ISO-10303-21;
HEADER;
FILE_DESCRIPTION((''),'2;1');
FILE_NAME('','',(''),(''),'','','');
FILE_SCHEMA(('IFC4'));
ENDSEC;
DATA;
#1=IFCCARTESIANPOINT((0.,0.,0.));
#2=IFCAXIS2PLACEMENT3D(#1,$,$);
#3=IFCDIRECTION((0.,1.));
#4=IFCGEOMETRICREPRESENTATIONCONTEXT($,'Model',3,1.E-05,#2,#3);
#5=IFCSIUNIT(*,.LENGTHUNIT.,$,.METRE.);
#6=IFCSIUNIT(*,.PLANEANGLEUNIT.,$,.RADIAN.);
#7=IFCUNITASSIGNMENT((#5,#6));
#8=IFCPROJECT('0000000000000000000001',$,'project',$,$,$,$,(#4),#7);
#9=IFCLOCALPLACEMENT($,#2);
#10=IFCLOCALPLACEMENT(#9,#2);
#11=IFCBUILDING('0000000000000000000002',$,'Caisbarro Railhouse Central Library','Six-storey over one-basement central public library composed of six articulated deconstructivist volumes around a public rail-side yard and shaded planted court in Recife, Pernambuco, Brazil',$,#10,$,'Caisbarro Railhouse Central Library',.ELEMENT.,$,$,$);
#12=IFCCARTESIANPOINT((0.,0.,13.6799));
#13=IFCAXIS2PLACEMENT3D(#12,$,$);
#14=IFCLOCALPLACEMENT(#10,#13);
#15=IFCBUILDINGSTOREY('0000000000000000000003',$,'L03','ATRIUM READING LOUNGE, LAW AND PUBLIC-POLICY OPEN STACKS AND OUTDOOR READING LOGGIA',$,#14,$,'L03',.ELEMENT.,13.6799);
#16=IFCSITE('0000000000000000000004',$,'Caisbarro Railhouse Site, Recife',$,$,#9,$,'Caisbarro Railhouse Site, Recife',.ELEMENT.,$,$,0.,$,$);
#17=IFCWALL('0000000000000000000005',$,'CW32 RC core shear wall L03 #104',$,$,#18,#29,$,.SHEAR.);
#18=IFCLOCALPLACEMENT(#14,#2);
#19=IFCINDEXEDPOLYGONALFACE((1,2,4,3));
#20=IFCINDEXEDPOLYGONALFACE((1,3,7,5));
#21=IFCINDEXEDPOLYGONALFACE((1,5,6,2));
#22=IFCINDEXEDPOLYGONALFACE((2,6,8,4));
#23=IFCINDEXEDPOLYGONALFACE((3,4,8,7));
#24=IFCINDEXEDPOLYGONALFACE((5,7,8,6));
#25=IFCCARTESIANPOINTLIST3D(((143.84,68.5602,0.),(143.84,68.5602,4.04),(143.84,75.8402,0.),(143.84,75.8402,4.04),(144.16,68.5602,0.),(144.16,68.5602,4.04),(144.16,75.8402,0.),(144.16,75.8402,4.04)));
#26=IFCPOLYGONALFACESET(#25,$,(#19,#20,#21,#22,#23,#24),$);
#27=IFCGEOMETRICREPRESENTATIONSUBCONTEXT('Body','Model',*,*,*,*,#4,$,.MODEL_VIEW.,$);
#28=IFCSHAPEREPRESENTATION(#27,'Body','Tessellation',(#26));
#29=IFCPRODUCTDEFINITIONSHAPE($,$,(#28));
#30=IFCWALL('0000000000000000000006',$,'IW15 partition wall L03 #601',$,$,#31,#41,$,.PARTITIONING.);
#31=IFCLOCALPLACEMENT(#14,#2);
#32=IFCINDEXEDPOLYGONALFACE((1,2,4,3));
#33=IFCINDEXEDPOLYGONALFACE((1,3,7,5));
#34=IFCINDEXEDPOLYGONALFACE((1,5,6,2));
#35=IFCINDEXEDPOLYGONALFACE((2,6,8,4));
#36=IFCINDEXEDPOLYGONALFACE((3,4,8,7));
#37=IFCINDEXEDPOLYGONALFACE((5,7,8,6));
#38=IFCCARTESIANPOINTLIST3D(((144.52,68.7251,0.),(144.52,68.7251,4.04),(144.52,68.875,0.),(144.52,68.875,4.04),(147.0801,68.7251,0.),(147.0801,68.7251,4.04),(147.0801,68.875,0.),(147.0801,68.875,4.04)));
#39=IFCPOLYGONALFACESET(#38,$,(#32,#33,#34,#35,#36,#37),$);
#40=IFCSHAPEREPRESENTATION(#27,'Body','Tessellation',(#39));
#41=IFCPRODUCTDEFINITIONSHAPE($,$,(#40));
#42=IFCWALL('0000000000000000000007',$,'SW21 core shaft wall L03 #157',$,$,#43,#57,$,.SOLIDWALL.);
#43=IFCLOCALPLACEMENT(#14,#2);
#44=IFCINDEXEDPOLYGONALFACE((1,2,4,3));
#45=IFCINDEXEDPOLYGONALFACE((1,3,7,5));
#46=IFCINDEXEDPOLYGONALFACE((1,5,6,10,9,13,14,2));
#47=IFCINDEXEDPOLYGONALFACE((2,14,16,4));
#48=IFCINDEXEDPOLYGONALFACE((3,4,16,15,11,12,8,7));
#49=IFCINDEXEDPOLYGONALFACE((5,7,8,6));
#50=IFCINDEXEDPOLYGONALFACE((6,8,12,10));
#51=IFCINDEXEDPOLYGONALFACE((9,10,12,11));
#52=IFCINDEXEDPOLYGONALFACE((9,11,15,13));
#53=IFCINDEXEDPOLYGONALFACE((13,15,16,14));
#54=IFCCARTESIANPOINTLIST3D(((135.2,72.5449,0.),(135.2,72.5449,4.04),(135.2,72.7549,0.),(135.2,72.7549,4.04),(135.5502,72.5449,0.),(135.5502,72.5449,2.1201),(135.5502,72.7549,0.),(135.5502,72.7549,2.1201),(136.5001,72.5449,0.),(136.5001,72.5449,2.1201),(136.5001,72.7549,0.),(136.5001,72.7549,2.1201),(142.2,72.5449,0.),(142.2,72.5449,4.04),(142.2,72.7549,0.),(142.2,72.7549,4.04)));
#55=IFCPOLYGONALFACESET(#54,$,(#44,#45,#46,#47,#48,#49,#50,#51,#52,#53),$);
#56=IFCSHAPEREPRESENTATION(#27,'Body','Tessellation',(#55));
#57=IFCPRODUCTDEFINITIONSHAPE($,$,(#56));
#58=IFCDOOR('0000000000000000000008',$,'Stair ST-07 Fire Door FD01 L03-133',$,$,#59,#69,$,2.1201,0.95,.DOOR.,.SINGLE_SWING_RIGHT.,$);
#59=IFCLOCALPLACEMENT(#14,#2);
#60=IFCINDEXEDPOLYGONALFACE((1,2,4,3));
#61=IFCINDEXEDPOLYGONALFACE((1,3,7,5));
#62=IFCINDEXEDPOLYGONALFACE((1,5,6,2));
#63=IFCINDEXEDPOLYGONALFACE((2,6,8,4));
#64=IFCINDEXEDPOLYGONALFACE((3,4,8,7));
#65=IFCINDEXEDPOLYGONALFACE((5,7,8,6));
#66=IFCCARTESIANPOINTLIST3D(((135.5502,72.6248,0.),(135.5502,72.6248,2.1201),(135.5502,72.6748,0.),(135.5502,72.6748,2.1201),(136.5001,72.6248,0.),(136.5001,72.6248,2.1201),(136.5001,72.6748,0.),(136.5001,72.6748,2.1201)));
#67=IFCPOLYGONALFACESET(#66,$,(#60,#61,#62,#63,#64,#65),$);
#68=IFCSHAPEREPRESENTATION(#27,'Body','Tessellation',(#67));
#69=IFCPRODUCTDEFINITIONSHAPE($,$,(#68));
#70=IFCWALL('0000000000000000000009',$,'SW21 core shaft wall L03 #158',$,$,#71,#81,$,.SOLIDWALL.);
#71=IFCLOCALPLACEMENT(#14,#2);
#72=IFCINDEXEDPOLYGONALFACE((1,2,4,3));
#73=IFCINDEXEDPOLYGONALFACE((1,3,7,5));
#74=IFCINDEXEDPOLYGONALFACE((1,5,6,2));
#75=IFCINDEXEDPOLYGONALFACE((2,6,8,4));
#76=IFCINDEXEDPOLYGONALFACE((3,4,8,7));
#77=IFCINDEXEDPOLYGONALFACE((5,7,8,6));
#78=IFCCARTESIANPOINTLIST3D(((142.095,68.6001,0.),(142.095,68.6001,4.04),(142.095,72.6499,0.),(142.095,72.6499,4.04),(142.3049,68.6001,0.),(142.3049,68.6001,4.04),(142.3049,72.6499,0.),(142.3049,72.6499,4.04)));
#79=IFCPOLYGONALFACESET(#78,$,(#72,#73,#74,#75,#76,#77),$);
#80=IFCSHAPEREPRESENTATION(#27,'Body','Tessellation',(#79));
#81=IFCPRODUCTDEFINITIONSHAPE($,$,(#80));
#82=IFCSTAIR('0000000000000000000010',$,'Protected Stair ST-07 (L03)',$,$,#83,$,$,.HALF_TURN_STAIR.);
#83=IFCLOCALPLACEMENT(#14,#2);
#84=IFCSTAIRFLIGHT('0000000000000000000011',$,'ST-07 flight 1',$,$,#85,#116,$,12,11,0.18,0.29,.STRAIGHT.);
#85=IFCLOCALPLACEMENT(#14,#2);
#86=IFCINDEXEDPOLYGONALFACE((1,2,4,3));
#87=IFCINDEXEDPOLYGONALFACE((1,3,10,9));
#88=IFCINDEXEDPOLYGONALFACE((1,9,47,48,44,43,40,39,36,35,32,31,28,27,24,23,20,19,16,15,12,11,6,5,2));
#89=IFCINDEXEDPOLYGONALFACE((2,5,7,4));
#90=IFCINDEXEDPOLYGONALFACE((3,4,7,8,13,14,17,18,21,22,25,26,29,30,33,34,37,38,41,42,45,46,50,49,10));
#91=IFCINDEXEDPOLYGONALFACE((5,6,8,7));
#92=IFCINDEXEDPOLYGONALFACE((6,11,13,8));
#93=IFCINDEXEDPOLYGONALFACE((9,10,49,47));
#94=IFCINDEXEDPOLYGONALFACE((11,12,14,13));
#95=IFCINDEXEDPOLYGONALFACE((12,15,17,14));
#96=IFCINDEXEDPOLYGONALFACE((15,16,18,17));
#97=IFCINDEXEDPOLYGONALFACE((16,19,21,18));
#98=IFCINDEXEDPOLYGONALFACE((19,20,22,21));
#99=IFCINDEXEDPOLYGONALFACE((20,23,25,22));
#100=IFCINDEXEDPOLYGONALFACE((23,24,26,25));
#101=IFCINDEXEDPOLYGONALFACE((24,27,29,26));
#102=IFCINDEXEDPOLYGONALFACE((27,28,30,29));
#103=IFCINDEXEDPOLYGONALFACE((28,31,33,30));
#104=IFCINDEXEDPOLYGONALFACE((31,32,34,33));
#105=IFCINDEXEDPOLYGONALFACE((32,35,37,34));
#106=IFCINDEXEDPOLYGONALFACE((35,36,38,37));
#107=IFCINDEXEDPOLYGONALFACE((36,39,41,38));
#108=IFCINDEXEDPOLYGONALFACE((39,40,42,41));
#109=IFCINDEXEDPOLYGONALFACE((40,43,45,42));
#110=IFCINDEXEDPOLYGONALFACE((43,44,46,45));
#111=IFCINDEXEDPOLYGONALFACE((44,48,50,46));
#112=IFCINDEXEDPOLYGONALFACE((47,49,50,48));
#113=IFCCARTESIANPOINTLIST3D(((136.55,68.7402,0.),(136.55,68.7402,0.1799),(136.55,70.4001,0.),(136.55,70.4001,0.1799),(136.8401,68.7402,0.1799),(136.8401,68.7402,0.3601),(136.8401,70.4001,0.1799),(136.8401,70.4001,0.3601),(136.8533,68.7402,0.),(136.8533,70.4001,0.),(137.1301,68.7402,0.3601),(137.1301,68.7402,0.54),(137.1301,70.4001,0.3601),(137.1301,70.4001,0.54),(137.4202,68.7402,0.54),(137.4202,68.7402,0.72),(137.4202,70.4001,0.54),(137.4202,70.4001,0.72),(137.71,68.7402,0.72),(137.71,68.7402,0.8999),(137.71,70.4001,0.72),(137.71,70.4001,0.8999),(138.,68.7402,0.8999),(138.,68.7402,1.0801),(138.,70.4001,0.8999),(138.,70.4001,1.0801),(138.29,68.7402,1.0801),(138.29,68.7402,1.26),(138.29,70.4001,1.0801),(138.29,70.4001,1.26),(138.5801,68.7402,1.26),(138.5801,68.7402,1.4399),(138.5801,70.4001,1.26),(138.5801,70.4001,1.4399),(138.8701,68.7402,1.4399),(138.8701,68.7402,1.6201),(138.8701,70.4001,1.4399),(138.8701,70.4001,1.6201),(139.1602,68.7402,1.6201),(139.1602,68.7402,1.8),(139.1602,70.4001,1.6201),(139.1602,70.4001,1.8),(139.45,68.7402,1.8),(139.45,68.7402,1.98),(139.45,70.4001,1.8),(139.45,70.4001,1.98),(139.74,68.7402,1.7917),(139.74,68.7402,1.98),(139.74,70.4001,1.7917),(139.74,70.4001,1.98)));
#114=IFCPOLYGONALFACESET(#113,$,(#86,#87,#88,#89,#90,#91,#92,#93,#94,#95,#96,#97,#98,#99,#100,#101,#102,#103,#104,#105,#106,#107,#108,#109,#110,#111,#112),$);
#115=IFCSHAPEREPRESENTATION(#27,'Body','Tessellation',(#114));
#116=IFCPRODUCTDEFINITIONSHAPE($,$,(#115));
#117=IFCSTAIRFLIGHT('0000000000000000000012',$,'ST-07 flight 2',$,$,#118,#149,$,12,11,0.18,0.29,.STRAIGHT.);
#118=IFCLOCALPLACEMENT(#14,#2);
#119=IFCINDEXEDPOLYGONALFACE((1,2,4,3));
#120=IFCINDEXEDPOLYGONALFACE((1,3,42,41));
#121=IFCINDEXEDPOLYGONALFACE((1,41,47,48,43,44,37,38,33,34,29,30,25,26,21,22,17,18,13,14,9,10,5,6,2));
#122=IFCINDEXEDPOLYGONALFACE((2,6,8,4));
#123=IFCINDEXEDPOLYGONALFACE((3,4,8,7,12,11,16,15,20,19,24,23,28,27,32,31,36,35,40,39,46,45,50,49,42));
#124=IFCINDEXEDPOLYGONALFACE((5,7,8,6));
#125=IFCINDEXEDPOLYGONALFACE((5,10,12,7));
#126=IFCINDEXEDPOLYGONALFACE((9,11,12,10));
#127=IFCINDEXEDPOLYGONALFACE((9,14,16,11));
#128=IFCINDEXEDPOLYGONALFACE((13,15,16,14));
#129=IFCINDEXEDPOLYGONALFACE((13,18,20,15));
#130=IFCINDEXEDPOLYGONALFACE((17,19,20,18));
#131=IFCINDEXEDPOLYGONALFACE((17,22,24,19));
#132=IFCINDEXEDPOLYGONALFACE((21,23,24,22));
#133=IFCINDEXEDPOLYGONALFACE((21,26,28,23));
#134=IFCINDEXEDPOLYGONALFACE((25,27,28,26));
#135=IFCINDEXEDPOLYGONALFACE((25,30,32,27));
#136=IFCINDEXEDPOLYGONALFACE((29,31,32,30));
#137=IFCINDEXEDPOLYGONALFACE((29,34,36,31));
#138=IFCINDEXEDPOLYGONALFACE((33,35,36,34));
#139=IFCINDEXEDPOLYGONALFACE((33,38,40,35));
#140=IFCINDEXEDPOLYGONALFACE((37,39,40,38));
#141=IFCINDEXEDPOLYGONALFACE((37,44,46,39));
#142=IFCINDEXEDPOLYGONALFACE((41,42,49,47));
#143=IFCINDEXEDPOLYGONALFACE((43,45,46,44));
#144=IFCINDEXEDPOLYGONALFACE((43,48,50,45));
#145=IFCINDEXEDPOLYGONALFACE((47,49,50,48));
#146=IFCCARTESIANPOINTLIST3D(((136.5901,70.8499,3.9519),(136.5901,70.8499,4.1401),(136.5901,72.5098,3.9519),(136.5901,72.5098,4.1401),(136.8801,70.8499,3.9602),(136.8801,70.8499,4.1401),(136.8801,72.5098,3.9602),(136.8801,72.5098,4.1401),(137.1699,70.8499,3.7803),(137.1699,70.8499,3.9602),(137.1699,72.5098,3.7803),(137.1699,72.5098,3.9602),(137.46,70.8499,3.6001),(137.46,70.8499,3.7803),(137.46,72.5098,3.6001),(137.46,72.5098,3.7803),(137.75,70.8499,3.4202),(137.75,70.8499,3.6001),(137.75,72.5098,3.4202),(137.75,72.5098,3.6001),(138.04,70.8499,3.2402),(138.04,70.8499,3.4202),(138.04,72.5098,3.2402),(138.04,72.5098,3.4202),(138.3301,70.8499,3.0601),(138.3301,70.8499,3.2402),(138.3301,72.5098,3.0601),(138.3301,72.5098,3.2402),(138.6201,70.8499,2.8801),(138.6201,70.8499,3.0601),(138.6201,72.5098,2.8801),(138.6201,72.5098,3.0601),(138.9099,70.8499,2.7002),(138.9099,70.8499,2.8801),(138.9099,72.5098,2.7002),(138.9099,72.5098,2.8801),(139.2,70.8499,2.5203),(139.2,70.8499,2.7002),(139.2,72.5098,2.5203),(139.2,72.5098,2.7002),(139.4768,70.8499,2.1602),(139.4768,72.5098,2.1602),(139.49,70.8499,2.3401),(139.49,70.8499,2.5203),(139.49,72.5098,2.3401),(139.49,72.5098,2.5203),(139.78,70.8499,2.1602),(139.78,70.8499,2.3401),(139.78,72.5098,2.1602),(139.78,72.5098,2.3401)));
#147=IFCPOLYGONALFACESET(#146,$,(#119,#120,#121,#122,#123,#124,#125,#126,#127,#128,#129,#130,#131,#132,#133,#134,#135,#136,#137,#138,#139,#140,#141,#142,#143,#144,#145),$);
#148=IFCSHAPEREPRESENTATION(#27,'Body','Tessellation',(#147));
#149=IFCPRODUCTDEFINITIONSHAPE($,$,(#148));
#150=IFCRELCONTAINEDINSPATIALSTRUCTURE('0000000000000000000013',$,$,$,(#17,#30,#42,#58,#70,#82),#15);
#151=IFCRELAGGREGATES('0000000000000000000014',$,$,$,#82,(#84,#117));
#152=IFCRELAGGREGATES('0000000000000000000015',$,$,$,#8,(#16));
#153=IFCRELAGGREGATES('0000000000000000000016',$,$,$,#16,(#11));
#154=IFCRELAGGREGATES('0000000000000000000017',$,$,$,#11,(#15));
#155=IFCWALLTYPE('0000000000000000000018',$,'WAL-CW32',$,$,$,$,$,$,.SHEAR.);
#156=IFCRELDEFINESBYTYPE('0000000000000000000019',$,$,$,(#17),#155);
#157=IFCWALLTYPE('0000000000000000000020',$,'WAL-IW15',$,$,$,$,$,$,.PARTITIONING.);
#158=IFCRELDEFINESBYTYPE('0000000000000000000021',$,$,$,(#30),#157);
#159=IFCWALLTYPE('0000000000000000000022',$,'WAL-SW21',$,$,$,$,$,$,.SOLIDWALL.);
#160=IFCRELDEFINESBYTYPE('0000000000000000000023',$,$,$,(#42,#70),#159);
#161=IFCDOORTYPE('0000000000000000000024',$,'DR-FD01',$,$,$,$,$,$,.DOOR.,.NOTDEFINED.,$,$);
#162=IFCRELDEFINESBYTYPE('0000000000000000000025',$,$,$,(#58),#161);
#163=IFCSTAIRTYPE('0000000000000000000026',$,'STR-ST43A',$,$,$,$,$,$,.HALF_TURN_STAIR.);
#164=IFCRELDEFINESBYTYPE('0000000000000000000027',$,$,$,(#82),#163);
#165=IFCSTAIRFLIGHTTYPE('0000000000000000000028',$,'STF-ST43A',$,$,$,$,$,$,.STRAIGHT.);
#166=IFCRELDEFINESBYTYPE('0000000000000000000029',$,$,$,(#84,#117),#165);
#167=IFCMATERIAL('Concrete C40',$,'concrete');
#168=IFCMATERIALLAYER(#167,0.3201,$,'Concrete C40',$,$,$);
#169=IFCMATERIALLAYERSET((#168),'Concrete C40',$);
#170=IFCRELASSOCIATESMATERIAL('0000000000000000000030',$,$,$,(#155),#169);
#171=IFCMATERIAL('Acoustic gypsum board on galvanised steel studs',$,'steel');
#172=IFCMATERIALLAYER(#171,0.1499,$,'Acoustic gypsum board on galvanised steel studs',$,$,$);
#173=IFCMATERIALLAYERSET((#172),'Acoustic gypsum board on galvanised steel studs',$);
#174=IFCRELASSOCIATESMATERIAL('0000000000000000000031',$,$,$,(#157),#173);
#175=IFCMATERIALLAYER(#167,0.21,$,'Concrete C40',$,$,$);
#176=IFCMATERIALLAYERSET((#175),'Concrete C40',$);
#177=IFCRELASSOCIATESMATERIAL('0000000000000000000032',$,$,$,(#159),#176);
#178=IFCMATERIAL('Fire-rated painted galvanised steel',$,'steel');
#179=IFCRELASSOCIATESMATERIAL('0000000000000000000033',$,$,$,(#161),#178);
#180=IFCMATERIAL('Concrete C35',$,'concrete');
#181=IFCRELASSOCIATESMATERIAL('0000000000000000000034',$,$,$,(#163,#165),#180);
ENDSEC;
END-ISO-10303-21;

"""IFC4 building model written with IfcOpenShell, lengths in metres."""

from ifc_helpers import new_model, si_unit, direction, frame, frame_2d, origin, place, context, subcontext, project, spatial, polyline, rectangle, outline, extrude, material, layer, layer_set, type_object, element, fill, aggregate, save


model = new_model("IFC4")

# Units and contexts
model_context = context("Model", 3, precision=1e-05, world=origin(), true_north=direction((0.0, 1.0)))
body_context = subcontext(model_context, "Body", "Model", "MODEL_VIEW")
ifc_project = project(units=[si_unit("LENGTHUNIT", "METRE"), si_unit("PLANEANGLEUNIT", "RADIAN")], contexts=[model_context])

# Site, building, storey
site_placement = place(None, origin())
site = spatial("IfcSite", under=ifc_project, at=site_placement, Name="Caisbarro Railhouse Site, Recife", LongName="Caisbarro Railhouse Site, Recife", CompositionType="ELEMENT", RefElevation=0.0)
building_placement = place(site_placement, origin())
building = spatial("IfcBuilding", under=site, at=building_placement, Name="Caisbarro Railhouse Central Library", Description="Six-storey over one-basement central public library composed of six articulated deconstructivist volumes around a public rail-side yard and shaded planted court in Recife, Pernambuco, Brazil", LongName="Caisbarro Railhouse Central Library", CompositionType="ELEMENT")
storey_placement = place(building_placement, frame((0.0, 0.0, 13.6799)))
storey = spatial("IfcBuildingStorey", under=building, at=storey_placement, Name="L03", Description="ATRIUM READING LOUNGE, LAW AND PUBLIC-POLICY OPEN STACKS AND OUTDOOR READING LOGGIA", LongName="L03", CompositionType="ELEMENT", Elevation=13.6799)

# Shared definitions
ifc_material_1 = material(Name="Concrete C40", Category="concrete")

# Shared definitions
ifc_layer_1 = layer(ifc_material_1, 0.3201, Name="Concrete C40")
ifc_layer_set_1 = layer_set([ifc_layer_1], Name="Concrete C40")
wall_type_1 = type_object("IfcWallType", Name="WAL-CW32", PredefinedType="SHEAR", material=ifc_layer_set_1)

# Shared definitions
ifc_material_2 = material(Name="Fire-rated painted galvanised steel", Category="steel")

# Walls
wall_1_placement = place(storey_placement, frame((144.0, 68.5601, 0.0), z_axis=(0.0, 0.0, 1.0), x_axis=(0.0, 1.0, 0.0)))
element("IfcWall", 1, at=wall_1_placement, inside=storey, type_object=wall_type_1, Name="CW32 RC core shear wall L03 #104", PredefinedType="SHEAR", context=body_context, shape_type="SweptSolid", body=[
    extrude(rectangle(XDim=7.28, YDim=0.3201, at=frame_2d((3.6401, 0.0))), origin(), (0.0, 0.0, 1.0), 4.04),
])
ifc_material_3 = material(Name="Acoustic gypsum board on galvanised steel studs", Category="steel")
ifc_layer_2 = layer(ifc_material_3, 0.1499, Name="Acoustic gypsum board on galvanised steel studs")
ifc_layer_set_2 = layer_set([ifc_layer_2], Name="Acoustic gypsum board on galvanised steel studs")
wall_type_2 = type_object("IfcWallType", Name="WAL-IW15", PredefinedType="PARTITIONING", material=ifc_layer_set_2)
wall_2_placement = place(storey_placement, frame((144.52, 68.8, 0.0), z_axis=(0.0, 0.0, 1.0), x_axis=(1.0, 0.0, 0.0)))
element("IfcWall", 2, at=wall_2_placement, inside=storey, type_object=wall_type_2, Name="IW15 partition wall L03 #601", PredefinedType="PARTITIONING", context=body_context, shape_type="SweptSolid", body=[
    extrude(rectangle(XDim=2.5601, YDim=0.1499, at=frame_2d((1.28, 0.0))), origin(), (0.0, 0.0, 1.0), 4.04),
])

# Wall, opening, door
ifc_layer_3 = layer(ifc_material_1, 0.21, Name="Concrete C40")
ifc_layer_set_3 = layer_set([ifc_layer_3], Name="Concrete C40")
wall_type_3 = type_object("IfcWallType", Name="WAL-SW21", PredefinedType="SOLIDWALL", material=ifc_layer_set_3)
wall_3_placement = place(storey_placement, frame((135.2, 72.6499, 0.0), z_axis=(0.0, 0.0, 1.0), x_axis=(1.0, 0.0, 0.0)))
wall_3 = element("IfcWall", 3, at=wall_3_placement, inside=storey, type_object=wall_type_3, Name="SW21 core shaft wall L03 #157", PredefinedType="SOLIDWALL", context=body_context, shape_type="SweptSolid", body=[
    extrude(rectangle(XDim=7.0, YDim=0.21, at=frame_2d((3.5, 0.0))), origin(), (0.0, 0.0, 1.0), 4.04),
])
opening_1_placement = place(wall_3_placement, frame((0.3501, 0.0, 0.0)))
opening_1 = element("IfcOpeningElement", 4, at=opening_1_placement, cuts=wall_3, PredefinedType="OPENING", context=body_context, shape_type="SweptSolid", body=[
    extrude(rectangle(XDim=0.95, YDim=2.1201, at=frame_2d((0.4751, 1.0601))), frame((0.0, 0.115, 0.0), z_axis=(0.0, -1.0, 0.0), x_axis=(1.0, 0.0, 0.0)), (0.0, 0.0, 1.0), 0.23),
])
door_type_1 = type_object("IfcDoorType", Name="DR-FD01", OperationType="NOTDEFINED", PredefinedType="DOOR", material=ifc_material_2)
door_1_placement = place(opening_1_placement, origin())
door_1 = element("IfcDoor", 5, at=door_1_placement, inside=storey, type_object=door_type_1, Name="Stair ST-07 Fire Door FD01 L03-133", OperationType="SINGLE_SWING_RIGHT", OverallHeight=2.1201, OverallWidth=0.95, PredefinedType="DOOR", context=body_context, shape_type="SweptSolid", body=[
    extrude(rectangle(XDim=0.95, YDim=2.1201, at=frame_2d((0.4751, 1.0601))), frame((0.0, 0.0249, 0.0), z_axis=(0.0, -1.0, 0.0), x_axis=(1.0, 0.0, 0.0)), (0.0, 0.0, 1.0), 0.05),
])
fill(opening_1, door_1)

# Wall
wall_4_placement = place(storey_placement, frame((142.2, 68.6001, 0.0), z_axis=(0.0, 0.0, 1.0), x_axis=(0.0, 1.0, 0.0)))
element("IfcWall", 6, at=wall_4_placement, inside=storey, type_object=wall_type_3, Name="SW21 core shaft wall L03 #158", PredefinedType="SOLIDWALL", context=body_context, shape_type="SweptSolid", body=[
    extrude(rectangle(XDim=4.0498, YDim=0.21, at=frame_2d((2.0249, 0.0))), origin(), (0.0, 0.0, 1.0), 4.04),
])

# Stair, stair flights
ifc_material_4 = material(Name="Concrete C35", Category="concrete")
stair_type = type_object("IfcStairType", Name="STR-ST43A", PredefinedType="HALF_TURN_STAIR", material=ifc_material_4)
stair_placement = place(storey_placement, origin())
stair = element("IfcStair", 7, at=stair_placement, inside=storey, type_object=stair_type, Name="Protected Stair ST-07 (L03)", PredefinedType="HALF_TURN_STAIR")
stair_flight_type = type_object("IfcStairFlightType", Name="STF-ST43A", PredefinedType="STRAIGHT", material=ifc_material_4)
stair_flight_1_placement = place(storey_placement, frame((136.55, 69.5701, 0.0), z_axis=(0.0, 0.0, 1.0), x_axis=(1.0, 0.0, 0.0)))
stair_flight_1 = element("IfcStairFlight", 8, at=stair_flight_1_placement, type_object=stair_flight_type, Name="ST-07 flight 1", NumberOfRisers=12, NumberOfTreads=11, PredefinedType="STRAIGHT", RiserHeight=0.18, TreadLength=0.29, context=body_context, shape_type="SweptSolid", body=[
    extrude(outline(polyline([(0.0, 0.0), (0.0, 0.1799), (0.29, 0.1799), (0.29, 0.3601), (0.5801, 0.3601), (0.5801, 0.54), (0.8701, 0.54), (0.8701, 0.72), (1.1599, 0.72), (1.1599, 0.8999), (1.45, 0.8999), (1.45, 1.0801), (1.74, 1.0801), (1.74, 1.26), (2.03, 1.26), (2.03, 1.4399), (2.3201, 1.4399), (2.3201, 1.6201), (2.6101, 1.6201), (2.6101, 1.8), (2.8999, 1.8), (2.8999, 1.98), (3.1899, 1.98), (3.1899, 2.1599), (3.1899, 1.7917), (0.3032, 0.0), (0.0, 0.0)])), frame((0.0, 0.8301, 0.0), z_axis=(0.0, -1.0, 0.0), x_axis=(1.0, 0.0, 0.0)), (0.0, 0.0, 1.0), 1.6599),
])
stair_flight_2_placement = place(storey_placement, frame((139.78, 71.6799, 2.1602), z_axis=(0.0, 0.0, 1.0), x_axis=(-1.0, 0.0, 0.0)))
stair_flight_2 = element("IfcStairFlight", 9, at=stair_flight_2_placement, type_object=stair_flight_type, Name="ST-07 flight 2", NumberOfRisers=12, NumberOfTreads=11, PredefinedType="STRAIGHT", RiserHeight=0.18, TreadLength=0.29, context=body_context, shape_type="SweptSolid", body=[
    extrude(outline(polyline([(0.0, 0.0), (0.0, 0.1799), (0.29, 0.1799), (0.29, 0.3601), (0.5801, 0.3601), (0.5801, 0.54), (0.8701, 0.54), (0.8701, 0.72), (1.1599, 0.72), (1.1599, 0.8999), (1.45, 0.8999), (1.45, 1.0801), (1.74, 1.0801), (1.74, 1.26), (2.03, 1.26), (2.03, 1.4399), (2.3201, 1.4399), (2.3201, 1.6201), (2.6101, 1.6201), (2.6101, 1.8), (2.8999, 1.8), (2.8999, 1.98), (3.1899, 1.98), (3.1899, 2.1599), (3.1899, 1.7917), (0.3032, 0.0), (0.0, 0.0)])), frame((0.0, 0.8301, 0.0), z_axis=(0.0, -1.0, 0.0), x_axis=(1.0, 0.0, 0.0)), (0.0, 0.0, 1.0), 1.6599),
])
aggregate(stair, [stair_flight_1, stair_flight_2])

save(model, "model.ifc")
